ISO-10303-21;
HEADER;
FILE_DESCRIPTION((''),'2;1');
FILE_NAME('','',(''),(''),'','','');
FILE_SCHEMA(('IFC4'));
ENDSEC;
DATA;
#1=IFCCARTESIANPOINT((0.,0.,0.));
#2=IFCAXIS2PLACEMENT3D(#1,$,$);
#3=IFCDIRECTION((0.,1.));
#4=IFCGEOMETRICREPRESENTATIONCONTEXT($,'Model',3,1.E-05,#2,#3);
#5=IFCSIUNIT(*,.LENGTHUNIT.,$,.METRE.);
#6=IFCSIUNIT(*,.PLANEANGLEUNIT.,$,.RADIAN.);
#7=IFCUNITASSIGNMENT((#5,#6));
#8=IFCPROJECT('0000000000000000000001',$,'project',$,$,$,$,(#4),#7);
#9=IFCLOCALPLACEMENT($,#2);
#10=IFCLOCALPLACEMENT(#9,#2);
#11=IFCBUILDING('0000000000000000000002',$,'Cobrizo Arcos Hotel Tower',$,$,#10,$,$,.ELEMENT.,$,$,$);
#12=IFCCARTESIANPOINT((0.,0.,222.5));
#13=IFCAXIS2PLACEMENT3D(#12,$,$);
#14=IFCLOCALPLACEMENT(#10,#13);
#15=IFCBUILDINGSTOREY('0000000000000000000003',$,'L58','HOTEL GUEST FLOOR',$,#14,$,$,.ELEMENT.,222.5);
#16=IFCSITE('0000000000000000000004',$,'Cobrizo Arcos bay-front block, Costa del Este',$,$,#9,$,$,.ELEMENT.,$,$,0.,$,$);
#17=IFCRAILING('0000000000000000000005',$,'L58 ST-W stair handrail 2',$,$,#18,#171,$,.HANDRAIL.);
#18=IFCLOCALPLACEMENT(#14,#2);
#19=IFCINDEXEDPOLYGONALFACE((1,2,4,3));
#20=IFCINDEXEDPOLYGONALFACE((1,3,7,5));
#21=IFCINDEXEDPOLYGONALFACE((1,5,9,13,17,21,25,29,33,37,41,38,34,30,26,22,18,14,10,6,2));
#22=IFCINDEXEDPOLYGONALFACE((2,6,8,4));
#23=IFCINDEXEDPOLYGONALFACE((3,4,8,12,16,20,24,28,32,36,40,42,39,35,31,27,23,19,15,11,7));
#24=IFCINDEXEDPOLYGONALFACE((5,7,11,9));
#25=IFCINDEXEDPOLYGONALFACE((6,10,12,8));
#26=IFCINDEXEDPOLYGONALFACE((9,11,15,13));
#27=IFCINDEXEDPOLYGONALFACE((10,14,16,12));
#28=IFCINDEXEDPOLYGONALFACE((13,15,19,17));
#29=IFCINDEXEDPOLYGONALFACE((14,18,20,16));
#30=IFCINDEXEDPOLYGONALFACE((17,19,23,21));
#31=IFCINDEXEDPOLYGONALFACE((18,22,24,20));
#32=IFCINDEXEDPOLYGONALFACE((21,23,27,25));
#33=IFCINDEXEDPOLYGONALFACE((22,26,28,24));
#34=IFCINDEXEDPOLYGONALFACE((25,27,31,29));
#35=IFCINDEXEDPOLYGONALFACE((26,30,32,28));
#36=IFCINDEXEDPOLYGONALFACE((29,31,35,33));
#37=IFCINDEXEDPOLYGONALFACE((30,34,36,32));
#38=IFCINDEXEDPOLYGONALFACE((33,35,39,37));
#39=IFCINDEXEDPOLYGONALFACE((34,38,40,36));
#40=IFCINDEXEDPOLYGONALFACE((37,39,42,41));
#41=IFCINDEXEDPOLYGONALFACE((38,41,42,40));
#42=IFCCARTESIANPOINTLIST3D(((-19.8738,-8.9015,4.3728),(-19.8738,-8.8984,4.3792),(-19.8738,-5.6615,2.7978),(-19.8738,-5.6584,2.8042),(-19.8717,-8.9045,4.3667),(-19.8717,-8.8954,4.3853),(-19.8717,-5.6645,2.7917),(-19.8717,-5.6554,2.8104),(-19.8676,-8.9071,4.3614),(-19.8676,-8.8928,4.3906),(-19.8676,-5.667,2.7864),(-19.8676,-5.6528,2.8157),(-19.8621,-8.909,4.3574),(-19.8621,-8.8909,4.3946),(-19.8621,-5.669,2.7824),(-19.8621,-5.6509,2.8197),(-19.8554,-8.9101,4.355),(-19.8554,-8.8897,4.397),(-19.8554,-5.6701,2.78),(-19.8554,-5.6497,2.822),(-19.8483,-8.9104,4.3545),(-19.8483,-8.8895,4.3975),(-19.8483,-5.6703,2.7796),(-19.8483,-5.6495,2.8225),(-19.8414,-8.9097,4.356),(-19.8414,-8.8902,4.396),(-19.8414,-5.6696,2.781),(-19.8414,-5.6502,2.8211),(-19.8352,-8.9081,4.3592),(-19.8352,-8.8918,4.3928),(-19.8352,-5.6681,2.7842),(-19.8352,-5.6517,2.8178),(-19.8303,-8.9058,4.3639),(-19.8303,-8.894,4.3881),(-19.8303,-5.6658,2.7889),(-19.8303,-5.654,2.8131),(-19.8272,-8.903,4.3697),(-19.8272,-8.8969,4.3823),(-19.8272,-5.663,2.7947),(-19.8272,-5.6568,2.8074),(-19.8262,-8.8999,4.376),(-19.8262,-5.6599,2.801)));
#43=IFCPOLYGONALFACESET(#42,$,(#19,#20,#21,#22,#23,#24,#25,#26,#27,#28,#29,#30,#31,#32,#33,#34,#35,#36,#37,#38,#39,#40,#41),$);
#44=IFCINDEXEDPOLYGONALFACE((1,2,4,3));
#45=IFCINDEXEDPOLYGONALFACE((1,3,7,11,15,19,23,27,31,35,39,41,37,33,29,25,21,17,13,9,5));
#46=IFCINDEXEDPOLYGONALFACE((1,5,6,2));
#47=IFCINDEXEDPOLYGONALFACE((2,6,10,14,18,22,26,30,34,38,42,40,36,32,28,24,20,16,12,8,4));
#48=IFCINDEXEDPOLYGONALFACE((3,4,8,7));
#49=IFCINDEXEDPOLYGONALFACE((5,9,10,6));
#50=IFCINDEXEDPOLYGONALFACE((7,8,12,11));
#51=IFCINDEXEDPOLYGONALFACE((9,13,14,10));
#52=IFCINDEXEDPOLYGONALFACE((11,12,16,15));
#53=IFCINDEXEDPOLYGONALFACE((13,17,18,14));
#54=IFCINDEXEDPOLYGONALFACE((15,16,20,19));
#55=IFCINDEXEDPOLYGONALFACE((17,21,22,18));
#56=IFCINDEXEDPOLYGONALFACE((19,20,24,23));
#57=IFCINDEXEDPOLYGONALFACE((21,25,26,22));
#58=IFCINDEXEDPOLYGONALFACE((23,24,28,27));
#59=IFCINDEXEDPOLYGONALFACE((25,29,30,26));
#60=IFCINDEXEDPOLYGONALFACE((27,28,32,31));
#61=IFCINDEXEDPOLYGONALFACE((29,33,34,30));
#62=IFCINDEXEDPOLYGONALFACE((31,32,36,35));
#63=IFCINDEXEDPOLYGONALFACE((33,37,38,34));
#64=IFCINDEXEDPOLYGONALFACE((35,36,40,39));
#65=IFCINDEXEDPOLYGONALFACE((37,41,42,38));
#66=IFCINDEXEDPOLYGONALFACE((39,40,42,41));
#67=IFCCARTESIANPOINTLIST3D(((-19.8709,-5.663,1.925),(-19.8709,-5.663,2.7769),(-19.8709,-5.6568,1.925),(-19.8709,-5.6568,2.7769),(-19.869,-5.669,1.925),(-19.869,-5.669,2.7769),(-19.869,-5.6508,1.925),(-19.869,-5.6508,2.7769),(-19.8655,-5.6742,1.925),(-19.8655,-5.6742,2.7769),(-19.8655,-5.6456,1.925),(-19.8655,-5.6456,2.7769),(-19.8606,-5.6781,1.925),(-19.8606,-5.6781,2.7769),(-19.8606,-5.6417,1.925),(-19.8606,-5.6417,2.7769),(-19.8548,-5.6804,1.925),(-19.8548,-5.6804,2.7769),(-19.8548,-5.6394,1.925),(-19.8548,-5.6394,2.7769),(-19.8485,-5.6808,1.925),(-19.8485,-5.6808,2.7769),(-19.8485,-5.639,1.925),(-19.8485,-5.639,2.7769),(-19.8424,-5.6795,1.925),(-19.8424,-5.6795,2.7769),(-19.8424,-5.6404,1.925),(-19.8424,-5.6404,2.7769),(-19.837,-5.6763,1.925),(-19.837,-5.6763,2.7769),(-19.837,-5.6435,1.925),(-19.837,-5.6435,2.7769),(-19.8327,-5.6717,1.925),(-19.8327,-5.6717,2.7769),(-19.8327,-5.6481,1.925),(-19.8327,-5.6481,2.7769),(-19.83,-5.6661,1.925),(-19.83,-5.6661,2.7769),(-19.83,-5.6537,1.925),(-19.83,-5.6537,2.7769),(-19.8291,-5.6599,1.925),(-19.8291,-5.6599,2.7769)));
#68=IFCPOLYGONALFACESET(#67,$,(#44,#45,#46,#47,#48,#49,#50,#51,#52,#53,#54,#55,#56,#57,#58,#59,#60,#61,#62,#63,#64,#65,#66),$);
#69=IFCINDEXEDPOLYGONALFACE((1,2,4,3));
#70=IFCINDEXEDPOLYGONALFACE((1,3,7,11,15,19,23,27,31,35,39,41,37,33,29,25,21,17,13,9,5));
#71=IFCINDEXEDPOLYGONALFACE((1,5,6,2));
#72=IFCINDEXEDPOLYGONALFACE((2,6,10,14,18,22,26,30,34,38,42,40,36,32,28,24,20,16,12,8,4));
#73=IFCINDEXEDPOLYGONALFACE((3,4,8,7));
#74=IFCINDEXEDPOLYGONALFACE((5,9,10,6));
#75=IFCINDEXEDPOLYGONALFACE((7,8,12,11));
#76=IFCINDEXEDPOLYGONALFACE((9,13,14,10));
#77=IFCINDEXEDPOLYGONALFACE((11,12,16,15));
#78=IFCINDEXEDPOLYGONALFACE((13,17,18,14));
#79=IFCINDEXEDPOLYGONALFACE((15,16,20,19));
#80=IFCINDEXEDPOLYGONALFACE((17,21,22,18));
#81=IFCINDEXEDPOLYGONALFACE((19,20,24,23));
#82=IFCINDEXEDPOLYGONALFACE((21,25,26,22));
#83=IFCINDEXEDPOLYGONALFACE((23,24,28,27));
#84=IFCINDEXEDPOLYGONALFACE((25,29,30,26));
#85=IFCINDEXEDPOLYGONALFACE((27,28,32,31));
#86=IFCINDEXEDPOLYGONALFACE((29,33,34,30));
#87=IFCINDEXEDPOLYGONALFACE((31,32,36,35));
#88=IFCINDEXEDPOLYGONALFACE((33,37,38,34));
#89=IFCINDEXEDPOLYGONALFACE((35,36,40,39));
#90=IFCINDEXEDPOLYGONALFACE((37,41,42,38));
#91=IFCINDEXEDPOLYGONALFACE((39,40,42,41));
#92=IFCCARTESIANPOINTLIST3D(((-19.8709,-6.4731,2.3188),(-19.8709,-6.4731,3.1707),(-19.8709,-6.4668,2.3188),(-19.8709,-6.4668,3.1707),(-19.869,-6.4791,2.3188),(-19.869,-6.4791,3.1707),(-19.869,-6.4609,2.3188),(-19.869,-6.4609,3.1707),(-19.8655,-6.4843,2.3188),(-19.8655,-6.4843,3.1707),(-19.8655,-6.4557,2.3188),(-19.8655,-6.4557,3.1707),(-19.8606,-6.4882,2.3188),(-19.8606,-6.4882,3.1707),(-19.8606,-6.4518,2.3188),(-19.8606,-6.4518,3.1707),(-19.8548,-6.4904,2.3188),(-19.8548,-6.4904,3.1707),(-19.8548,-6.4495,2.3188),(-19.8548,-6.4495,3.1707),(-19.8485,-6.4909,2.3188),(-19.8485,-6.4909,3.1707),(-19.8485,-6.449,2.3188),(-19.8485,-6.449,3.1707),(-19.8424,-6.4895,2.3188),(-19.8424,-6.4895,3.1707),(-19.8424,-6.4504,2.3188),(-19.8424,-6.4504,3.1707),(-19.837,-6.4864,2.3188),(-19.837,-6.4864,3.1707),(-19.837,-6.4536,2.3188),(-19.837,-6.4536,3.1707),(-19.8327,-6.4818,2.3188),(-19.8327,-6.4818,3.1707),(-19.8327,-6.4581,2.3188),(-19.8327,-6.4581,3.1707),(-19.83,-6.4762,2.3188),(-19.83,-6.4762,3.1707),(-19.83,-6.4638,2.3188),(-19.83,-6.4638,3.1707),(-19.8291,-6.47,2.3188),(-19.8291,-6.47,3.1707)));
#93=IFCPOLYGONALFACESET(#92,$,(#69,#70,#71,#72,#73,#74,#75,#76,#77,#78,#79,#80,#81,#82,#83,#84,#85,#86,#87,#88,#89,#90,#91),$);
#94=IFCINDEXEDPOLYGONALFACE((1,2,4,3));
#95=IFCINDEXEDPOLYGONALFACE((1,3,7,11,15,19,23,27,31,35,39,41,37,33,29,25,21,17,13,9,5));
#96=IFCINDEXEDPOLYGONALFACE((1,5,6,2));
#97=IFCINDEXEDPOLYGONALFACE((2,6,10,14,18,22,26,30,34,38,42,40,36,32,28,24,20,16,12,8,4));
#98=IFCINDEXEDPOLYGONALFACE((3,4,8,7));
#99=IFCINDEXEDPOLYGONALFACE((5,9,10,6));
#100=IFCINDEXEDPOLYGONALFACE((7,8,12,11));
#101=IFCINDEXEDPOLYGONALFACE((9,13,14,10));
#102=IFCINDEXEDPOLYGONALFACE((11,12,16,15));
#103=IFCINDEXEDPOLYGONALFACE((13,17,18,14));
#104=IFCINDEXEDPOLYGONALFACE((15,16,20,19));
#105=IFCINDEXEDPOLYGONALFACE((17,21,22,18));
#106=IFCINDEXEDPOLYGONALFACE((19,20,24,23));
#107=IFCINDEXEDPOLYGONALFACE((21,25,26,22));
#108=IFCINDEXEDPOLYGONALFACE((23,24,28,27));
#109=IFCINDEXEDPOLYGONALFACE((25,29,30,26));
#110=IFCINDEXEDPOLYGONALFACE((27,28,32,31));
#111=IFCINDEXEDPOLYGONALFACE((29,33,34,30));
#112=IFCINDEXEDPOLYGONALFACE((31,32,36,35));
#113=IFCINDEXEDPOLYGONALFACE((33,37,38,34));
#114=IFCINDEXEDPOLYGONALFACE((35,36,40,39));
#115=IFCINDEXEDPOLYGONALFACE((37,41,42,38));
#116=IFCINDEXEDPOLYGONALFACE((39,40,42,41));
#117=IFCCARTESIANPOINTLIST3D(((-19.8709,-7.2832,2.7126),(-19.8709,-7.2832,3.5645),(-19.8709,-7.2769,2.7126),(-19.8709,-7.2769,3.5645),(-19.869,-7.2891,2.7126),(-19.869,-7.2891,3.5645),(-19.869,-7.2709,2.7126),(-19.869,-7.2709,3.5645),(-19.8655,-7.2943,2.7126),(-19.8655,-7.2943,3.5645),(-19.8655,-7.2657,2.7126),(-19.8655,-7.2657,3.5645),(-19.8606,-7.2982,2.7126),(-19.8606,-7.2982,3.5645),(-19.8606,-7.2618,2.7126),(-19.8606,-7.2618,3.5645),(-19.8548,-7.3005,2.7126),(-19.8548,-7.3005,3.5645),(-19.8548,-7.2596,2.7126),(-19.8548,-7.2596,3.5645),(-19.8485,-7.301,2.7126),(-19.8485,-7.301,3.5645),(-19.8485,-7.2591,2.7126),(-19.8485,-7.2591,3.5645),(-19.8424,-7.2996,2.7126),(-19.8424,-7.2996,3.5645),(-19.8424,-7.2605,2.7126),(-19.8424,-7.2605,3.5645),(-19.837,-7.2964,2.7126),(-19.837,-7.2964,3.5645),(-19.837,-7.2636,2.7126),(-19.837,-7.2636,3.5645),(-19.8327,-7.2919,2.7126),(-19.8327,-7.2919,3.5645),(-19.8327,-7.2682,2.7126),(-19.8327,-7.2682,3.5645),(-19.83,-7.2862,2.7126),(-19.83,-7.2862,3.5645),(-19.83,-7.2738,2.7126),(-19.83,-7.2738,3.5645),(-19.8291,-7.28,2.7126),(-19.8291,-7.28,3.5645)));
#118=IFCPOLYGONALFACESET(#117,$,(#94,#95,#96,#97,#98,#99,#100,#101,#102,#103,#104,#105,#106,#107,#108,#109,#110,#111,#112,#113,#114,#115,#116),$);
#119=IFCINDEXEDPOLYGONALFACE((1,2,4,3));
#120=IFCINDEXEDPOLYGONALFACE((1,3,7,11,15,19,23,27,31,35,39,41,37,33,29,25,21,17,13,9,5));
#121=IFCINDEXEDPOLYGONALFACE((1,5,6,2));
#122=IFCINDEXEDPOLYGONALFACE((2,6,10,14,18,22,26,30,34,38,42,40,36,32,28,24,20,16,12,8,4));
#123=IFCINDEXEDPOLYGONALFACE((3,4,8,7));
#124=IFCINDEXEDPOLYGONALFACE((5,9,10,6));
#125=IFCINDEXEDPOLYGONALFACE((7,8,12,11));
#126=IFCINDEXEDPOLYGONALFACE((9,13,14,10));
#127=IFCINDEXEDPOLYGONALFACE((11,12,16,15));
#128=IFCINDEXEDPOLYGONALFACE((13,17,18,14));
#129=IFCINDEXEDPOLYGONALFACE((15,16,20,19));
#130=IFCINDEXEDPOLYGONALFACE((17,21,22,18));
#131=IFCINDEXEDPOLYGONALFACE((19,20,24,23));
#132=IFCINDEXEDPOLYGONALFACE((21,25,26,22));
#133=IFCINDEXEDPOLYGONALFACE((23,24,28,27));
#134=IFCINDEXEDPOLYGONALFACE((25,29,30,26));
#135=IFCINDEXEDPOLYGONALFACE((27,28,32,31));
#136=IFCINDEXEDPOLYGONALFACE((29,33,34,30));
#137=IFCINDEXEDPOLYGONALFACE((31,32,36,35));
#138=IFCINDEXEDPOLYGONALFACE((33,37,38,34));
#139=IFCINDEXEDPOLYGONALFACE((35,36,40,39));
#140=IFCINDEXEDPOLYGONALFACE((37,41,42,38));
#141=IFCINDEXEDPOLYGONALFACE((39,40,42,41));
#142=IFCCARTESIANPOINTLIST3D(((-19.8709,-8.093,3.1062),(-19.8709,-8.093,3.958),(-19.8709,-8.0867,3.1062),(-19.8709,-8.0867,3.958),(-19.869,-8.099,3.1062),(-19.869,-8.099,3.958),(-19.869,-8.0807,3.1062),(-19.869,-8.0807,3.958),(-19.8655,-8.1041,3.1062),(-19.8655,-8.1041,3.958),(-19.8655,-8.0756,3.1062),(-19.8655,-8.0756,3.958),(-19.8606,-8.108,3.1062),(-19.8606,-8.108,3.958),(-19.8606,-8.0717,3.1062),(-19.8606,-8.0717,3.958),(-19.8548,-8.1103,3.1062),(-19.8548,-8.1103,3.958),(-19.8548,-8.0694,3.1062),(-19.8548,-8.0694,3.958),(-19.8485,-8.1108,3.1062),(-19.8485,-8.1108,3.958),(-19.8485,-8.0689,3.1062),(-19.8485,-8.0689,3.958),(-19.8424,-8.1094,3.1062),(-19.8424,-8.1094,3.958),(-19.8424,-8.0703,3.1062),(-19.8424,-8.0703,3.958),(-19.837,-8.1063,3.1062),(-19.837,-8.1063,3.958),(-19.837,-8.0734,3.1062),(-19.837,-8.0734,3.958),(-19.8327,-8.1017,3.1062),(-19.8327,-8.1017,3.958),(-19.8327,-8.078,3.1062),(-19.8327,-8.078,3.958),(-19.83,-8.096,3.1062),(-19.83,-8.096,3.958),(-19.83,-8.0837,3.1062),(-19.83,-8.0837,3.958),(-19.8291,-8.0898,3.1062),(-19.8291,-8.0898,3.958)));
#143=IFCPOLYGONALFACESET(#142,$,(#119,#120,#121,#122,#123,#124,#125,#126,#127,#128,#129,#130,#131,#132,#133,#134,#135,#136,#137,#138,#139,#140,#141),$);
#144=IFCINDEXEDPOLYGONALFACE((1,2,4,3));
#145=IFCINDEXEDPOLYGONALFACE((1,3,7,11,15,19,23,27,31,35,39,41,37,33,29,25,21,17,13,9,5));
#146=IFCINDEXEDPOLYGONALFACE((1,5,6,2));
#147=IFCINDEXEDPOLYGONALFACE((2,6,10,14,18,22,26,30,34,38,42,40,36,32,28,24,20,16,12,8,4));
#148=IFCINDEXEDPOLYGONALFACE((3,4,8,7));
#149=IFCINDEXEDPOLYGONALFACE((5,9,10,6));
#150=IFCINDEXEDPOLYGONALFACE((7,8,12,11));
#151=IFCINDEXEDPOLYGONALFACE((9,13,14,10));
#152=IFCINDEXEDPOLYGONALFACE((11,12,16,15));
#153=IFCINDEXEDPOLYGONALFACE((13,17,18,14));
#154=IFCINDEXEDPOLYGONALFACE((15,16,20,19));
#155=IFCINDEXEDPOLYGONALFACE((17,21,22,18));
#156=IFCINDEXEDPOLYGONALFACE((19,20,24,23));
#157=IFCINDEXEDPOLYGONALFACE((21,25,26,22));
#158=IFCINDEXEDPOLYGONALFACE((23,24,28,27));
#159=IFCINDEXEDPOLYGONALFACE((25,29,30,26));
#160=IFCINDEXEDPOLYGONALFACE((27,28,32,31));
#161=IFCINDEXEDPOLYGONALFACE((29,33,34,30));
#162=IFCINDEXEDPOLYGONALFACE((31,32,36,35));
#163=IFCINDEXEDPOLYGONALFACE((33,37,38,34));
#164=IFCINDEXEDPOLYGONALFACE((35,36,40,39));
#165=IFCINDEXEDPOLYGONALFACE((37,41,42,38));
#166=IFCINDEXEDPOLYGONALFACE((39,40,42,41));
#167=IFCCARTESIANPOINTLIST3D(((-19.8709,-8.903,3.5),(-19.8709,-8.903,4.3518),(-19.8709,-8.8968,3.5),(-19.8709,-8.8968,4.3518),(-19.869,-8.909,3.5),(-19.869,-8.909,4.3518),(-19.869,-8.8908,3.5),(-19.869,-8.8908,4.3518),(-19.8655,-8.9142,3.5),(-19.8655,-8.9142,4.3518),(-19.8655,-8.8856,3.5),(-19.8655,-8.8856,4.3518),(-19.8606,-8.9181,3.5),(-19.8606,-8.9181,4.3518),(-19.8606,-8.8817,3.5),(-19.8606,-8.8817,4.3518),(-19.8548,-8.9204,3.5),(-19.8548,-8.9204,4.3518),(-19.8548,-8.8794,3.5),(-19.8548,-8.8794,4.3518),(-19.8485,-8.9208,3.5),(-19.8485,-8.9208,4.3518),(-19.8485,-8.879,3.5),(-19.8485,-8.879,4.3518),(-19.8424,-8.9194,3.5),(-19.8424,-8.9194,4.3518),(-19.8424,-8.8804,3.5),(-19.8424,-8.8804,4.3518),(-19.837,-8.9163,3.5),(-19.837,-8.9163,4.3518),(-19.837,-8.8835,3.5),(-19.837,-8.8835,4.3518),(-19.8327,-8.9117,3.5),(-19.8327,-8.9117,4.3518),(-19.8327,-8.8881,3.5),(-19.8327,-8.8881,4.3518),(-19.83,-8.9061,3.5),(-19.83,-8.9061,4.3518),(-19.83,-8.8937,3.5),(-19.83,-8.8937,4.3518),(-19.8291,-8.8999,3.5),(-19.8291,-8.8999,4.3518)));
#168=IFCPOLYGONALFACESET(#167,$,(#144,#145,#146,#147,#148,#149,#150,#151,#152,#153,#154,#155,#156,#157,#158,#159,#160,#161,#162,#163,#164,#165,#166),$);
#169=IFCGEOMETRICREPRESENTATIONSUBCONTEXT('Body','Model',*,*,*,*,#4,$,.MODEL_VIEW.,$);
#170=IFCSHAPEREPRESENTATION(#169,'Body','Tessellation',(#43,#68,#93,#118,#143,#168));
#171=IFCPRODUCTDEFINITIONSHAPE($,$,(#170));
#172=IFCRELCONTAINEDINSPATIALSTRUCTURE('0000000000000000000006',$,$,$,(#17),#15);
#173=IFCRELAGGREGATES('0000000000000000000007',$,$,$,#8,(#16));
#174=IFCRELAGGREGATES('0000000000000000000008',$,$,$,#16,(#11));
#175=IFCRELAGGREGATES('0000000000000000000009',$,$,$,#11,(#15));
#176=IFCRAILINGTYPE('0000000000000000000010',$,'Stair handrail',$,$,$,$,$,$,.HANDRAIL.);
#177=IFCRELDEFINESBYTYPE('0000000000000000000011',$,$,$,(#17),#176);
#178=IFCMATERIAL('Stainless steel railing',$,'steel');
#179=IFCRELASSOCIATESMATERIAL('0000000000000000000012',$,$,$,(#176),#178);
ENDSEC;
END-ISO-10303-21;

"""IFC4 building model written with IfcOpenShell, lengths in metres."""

from ifc_helpers import new_model, si_unit, direction, frame, origin, origin_2d, place, context, subcontext, project, spatial, circle, extrude, material, type_object, element, save


model = new_model("IFC4")

# Units and contexts
model_context = context("Model", 3, precision=1e-05, world=origin(), true_north=direction((0.0, 1.0)))
body_context = subcontext(model_context, "Body", "Model", "MODEL_VIEW")
ifc_project = project(units=[si_unit("LENGTHUNIT", "METRE"), si_unit("PLANEANGLEUNIT", "RADIAN")], contexts=[model_context])

# Site, building, storey
site_placement = place(None, origin())
site = spatial("IfcSite", under=ifc_project, at=site_placement, Name="Cobrizo Arcos bay-front block, Costa del Este", CompositionType="ELEMENT", RefElevation=0.0)
building_placement = place(site_placement, origin())
building = spatial("IfcBuilding", under=site, at=building_placement, Name="Cobrizo Arcos Hotel Tower", CompositionType="ELEMENT")
storey_placement = place(building_placement, frame((0.0, 0.0, 222.5)))
storey = spatial("IfcBuildingStorey", under=building, at=storey_placement, Name="L58", Description="HOTEL GUEST FLOOR", CompositionType="ELEMENT", Elevation=222.5)

# Railing
ifc_material_1 = material(Name="Stainless steel railing", Category="steel")
railing_type_1 = type_object("IfcRailingType", Name="Stair handrail", PredefinedType="HANDRAIL", material=ifc_material_1)
railing_1_placement = place(storey_placement, frame((-19.8501, -5.6599, 1.925)))
element("IfcRailing", 1, at=railing_1_placement, inside=storey, type_object=railing_type_1, Name="L58 ST-W stair handrail 2", PredefinedType="HANDRAIL", context=body_context, shape_type="SweptSolid", body=[
    extrude(circle(Radius=0.0239, at=origin_2d()), frame((0.0, 0.0, 0.876), z_axis=(0.0, -0.899373, 0.437183), x_axis=(1.0, 0.0, 0.0)), (0.0, 0.0, 1.0), 3.6025),
    extrude(circle(Radius=0.021, at=origin_2d()), origin(), (0.0, 0.0, 1.0), 0.8518),
    extrude(circle(Radius=0.021, at=origin_2d()), frame((0.0, -0.8101, 0.3938)), (0.0, 0.0, 1.0), 0.8518),
    extrude(circle(Radius=0.021, at=origin_2d()), frame((0.0, -1.6201, 0.7876)), (0.0, 0.0, 1.0), 0.8518),
    extrude(circle(Radius=0.021, at=origin_2d()), frame((0.0, -2.4299, 1.1812)), (0.0, 0.0, 1.0), 0.8518),
    extrude(circle(Radius=0.021, at=origin_2d()), frame((0.0, -3.24, 1.575)), (0.0, 0.0, 1.0), 0.8518),
])

save(model, "model.ifc")
